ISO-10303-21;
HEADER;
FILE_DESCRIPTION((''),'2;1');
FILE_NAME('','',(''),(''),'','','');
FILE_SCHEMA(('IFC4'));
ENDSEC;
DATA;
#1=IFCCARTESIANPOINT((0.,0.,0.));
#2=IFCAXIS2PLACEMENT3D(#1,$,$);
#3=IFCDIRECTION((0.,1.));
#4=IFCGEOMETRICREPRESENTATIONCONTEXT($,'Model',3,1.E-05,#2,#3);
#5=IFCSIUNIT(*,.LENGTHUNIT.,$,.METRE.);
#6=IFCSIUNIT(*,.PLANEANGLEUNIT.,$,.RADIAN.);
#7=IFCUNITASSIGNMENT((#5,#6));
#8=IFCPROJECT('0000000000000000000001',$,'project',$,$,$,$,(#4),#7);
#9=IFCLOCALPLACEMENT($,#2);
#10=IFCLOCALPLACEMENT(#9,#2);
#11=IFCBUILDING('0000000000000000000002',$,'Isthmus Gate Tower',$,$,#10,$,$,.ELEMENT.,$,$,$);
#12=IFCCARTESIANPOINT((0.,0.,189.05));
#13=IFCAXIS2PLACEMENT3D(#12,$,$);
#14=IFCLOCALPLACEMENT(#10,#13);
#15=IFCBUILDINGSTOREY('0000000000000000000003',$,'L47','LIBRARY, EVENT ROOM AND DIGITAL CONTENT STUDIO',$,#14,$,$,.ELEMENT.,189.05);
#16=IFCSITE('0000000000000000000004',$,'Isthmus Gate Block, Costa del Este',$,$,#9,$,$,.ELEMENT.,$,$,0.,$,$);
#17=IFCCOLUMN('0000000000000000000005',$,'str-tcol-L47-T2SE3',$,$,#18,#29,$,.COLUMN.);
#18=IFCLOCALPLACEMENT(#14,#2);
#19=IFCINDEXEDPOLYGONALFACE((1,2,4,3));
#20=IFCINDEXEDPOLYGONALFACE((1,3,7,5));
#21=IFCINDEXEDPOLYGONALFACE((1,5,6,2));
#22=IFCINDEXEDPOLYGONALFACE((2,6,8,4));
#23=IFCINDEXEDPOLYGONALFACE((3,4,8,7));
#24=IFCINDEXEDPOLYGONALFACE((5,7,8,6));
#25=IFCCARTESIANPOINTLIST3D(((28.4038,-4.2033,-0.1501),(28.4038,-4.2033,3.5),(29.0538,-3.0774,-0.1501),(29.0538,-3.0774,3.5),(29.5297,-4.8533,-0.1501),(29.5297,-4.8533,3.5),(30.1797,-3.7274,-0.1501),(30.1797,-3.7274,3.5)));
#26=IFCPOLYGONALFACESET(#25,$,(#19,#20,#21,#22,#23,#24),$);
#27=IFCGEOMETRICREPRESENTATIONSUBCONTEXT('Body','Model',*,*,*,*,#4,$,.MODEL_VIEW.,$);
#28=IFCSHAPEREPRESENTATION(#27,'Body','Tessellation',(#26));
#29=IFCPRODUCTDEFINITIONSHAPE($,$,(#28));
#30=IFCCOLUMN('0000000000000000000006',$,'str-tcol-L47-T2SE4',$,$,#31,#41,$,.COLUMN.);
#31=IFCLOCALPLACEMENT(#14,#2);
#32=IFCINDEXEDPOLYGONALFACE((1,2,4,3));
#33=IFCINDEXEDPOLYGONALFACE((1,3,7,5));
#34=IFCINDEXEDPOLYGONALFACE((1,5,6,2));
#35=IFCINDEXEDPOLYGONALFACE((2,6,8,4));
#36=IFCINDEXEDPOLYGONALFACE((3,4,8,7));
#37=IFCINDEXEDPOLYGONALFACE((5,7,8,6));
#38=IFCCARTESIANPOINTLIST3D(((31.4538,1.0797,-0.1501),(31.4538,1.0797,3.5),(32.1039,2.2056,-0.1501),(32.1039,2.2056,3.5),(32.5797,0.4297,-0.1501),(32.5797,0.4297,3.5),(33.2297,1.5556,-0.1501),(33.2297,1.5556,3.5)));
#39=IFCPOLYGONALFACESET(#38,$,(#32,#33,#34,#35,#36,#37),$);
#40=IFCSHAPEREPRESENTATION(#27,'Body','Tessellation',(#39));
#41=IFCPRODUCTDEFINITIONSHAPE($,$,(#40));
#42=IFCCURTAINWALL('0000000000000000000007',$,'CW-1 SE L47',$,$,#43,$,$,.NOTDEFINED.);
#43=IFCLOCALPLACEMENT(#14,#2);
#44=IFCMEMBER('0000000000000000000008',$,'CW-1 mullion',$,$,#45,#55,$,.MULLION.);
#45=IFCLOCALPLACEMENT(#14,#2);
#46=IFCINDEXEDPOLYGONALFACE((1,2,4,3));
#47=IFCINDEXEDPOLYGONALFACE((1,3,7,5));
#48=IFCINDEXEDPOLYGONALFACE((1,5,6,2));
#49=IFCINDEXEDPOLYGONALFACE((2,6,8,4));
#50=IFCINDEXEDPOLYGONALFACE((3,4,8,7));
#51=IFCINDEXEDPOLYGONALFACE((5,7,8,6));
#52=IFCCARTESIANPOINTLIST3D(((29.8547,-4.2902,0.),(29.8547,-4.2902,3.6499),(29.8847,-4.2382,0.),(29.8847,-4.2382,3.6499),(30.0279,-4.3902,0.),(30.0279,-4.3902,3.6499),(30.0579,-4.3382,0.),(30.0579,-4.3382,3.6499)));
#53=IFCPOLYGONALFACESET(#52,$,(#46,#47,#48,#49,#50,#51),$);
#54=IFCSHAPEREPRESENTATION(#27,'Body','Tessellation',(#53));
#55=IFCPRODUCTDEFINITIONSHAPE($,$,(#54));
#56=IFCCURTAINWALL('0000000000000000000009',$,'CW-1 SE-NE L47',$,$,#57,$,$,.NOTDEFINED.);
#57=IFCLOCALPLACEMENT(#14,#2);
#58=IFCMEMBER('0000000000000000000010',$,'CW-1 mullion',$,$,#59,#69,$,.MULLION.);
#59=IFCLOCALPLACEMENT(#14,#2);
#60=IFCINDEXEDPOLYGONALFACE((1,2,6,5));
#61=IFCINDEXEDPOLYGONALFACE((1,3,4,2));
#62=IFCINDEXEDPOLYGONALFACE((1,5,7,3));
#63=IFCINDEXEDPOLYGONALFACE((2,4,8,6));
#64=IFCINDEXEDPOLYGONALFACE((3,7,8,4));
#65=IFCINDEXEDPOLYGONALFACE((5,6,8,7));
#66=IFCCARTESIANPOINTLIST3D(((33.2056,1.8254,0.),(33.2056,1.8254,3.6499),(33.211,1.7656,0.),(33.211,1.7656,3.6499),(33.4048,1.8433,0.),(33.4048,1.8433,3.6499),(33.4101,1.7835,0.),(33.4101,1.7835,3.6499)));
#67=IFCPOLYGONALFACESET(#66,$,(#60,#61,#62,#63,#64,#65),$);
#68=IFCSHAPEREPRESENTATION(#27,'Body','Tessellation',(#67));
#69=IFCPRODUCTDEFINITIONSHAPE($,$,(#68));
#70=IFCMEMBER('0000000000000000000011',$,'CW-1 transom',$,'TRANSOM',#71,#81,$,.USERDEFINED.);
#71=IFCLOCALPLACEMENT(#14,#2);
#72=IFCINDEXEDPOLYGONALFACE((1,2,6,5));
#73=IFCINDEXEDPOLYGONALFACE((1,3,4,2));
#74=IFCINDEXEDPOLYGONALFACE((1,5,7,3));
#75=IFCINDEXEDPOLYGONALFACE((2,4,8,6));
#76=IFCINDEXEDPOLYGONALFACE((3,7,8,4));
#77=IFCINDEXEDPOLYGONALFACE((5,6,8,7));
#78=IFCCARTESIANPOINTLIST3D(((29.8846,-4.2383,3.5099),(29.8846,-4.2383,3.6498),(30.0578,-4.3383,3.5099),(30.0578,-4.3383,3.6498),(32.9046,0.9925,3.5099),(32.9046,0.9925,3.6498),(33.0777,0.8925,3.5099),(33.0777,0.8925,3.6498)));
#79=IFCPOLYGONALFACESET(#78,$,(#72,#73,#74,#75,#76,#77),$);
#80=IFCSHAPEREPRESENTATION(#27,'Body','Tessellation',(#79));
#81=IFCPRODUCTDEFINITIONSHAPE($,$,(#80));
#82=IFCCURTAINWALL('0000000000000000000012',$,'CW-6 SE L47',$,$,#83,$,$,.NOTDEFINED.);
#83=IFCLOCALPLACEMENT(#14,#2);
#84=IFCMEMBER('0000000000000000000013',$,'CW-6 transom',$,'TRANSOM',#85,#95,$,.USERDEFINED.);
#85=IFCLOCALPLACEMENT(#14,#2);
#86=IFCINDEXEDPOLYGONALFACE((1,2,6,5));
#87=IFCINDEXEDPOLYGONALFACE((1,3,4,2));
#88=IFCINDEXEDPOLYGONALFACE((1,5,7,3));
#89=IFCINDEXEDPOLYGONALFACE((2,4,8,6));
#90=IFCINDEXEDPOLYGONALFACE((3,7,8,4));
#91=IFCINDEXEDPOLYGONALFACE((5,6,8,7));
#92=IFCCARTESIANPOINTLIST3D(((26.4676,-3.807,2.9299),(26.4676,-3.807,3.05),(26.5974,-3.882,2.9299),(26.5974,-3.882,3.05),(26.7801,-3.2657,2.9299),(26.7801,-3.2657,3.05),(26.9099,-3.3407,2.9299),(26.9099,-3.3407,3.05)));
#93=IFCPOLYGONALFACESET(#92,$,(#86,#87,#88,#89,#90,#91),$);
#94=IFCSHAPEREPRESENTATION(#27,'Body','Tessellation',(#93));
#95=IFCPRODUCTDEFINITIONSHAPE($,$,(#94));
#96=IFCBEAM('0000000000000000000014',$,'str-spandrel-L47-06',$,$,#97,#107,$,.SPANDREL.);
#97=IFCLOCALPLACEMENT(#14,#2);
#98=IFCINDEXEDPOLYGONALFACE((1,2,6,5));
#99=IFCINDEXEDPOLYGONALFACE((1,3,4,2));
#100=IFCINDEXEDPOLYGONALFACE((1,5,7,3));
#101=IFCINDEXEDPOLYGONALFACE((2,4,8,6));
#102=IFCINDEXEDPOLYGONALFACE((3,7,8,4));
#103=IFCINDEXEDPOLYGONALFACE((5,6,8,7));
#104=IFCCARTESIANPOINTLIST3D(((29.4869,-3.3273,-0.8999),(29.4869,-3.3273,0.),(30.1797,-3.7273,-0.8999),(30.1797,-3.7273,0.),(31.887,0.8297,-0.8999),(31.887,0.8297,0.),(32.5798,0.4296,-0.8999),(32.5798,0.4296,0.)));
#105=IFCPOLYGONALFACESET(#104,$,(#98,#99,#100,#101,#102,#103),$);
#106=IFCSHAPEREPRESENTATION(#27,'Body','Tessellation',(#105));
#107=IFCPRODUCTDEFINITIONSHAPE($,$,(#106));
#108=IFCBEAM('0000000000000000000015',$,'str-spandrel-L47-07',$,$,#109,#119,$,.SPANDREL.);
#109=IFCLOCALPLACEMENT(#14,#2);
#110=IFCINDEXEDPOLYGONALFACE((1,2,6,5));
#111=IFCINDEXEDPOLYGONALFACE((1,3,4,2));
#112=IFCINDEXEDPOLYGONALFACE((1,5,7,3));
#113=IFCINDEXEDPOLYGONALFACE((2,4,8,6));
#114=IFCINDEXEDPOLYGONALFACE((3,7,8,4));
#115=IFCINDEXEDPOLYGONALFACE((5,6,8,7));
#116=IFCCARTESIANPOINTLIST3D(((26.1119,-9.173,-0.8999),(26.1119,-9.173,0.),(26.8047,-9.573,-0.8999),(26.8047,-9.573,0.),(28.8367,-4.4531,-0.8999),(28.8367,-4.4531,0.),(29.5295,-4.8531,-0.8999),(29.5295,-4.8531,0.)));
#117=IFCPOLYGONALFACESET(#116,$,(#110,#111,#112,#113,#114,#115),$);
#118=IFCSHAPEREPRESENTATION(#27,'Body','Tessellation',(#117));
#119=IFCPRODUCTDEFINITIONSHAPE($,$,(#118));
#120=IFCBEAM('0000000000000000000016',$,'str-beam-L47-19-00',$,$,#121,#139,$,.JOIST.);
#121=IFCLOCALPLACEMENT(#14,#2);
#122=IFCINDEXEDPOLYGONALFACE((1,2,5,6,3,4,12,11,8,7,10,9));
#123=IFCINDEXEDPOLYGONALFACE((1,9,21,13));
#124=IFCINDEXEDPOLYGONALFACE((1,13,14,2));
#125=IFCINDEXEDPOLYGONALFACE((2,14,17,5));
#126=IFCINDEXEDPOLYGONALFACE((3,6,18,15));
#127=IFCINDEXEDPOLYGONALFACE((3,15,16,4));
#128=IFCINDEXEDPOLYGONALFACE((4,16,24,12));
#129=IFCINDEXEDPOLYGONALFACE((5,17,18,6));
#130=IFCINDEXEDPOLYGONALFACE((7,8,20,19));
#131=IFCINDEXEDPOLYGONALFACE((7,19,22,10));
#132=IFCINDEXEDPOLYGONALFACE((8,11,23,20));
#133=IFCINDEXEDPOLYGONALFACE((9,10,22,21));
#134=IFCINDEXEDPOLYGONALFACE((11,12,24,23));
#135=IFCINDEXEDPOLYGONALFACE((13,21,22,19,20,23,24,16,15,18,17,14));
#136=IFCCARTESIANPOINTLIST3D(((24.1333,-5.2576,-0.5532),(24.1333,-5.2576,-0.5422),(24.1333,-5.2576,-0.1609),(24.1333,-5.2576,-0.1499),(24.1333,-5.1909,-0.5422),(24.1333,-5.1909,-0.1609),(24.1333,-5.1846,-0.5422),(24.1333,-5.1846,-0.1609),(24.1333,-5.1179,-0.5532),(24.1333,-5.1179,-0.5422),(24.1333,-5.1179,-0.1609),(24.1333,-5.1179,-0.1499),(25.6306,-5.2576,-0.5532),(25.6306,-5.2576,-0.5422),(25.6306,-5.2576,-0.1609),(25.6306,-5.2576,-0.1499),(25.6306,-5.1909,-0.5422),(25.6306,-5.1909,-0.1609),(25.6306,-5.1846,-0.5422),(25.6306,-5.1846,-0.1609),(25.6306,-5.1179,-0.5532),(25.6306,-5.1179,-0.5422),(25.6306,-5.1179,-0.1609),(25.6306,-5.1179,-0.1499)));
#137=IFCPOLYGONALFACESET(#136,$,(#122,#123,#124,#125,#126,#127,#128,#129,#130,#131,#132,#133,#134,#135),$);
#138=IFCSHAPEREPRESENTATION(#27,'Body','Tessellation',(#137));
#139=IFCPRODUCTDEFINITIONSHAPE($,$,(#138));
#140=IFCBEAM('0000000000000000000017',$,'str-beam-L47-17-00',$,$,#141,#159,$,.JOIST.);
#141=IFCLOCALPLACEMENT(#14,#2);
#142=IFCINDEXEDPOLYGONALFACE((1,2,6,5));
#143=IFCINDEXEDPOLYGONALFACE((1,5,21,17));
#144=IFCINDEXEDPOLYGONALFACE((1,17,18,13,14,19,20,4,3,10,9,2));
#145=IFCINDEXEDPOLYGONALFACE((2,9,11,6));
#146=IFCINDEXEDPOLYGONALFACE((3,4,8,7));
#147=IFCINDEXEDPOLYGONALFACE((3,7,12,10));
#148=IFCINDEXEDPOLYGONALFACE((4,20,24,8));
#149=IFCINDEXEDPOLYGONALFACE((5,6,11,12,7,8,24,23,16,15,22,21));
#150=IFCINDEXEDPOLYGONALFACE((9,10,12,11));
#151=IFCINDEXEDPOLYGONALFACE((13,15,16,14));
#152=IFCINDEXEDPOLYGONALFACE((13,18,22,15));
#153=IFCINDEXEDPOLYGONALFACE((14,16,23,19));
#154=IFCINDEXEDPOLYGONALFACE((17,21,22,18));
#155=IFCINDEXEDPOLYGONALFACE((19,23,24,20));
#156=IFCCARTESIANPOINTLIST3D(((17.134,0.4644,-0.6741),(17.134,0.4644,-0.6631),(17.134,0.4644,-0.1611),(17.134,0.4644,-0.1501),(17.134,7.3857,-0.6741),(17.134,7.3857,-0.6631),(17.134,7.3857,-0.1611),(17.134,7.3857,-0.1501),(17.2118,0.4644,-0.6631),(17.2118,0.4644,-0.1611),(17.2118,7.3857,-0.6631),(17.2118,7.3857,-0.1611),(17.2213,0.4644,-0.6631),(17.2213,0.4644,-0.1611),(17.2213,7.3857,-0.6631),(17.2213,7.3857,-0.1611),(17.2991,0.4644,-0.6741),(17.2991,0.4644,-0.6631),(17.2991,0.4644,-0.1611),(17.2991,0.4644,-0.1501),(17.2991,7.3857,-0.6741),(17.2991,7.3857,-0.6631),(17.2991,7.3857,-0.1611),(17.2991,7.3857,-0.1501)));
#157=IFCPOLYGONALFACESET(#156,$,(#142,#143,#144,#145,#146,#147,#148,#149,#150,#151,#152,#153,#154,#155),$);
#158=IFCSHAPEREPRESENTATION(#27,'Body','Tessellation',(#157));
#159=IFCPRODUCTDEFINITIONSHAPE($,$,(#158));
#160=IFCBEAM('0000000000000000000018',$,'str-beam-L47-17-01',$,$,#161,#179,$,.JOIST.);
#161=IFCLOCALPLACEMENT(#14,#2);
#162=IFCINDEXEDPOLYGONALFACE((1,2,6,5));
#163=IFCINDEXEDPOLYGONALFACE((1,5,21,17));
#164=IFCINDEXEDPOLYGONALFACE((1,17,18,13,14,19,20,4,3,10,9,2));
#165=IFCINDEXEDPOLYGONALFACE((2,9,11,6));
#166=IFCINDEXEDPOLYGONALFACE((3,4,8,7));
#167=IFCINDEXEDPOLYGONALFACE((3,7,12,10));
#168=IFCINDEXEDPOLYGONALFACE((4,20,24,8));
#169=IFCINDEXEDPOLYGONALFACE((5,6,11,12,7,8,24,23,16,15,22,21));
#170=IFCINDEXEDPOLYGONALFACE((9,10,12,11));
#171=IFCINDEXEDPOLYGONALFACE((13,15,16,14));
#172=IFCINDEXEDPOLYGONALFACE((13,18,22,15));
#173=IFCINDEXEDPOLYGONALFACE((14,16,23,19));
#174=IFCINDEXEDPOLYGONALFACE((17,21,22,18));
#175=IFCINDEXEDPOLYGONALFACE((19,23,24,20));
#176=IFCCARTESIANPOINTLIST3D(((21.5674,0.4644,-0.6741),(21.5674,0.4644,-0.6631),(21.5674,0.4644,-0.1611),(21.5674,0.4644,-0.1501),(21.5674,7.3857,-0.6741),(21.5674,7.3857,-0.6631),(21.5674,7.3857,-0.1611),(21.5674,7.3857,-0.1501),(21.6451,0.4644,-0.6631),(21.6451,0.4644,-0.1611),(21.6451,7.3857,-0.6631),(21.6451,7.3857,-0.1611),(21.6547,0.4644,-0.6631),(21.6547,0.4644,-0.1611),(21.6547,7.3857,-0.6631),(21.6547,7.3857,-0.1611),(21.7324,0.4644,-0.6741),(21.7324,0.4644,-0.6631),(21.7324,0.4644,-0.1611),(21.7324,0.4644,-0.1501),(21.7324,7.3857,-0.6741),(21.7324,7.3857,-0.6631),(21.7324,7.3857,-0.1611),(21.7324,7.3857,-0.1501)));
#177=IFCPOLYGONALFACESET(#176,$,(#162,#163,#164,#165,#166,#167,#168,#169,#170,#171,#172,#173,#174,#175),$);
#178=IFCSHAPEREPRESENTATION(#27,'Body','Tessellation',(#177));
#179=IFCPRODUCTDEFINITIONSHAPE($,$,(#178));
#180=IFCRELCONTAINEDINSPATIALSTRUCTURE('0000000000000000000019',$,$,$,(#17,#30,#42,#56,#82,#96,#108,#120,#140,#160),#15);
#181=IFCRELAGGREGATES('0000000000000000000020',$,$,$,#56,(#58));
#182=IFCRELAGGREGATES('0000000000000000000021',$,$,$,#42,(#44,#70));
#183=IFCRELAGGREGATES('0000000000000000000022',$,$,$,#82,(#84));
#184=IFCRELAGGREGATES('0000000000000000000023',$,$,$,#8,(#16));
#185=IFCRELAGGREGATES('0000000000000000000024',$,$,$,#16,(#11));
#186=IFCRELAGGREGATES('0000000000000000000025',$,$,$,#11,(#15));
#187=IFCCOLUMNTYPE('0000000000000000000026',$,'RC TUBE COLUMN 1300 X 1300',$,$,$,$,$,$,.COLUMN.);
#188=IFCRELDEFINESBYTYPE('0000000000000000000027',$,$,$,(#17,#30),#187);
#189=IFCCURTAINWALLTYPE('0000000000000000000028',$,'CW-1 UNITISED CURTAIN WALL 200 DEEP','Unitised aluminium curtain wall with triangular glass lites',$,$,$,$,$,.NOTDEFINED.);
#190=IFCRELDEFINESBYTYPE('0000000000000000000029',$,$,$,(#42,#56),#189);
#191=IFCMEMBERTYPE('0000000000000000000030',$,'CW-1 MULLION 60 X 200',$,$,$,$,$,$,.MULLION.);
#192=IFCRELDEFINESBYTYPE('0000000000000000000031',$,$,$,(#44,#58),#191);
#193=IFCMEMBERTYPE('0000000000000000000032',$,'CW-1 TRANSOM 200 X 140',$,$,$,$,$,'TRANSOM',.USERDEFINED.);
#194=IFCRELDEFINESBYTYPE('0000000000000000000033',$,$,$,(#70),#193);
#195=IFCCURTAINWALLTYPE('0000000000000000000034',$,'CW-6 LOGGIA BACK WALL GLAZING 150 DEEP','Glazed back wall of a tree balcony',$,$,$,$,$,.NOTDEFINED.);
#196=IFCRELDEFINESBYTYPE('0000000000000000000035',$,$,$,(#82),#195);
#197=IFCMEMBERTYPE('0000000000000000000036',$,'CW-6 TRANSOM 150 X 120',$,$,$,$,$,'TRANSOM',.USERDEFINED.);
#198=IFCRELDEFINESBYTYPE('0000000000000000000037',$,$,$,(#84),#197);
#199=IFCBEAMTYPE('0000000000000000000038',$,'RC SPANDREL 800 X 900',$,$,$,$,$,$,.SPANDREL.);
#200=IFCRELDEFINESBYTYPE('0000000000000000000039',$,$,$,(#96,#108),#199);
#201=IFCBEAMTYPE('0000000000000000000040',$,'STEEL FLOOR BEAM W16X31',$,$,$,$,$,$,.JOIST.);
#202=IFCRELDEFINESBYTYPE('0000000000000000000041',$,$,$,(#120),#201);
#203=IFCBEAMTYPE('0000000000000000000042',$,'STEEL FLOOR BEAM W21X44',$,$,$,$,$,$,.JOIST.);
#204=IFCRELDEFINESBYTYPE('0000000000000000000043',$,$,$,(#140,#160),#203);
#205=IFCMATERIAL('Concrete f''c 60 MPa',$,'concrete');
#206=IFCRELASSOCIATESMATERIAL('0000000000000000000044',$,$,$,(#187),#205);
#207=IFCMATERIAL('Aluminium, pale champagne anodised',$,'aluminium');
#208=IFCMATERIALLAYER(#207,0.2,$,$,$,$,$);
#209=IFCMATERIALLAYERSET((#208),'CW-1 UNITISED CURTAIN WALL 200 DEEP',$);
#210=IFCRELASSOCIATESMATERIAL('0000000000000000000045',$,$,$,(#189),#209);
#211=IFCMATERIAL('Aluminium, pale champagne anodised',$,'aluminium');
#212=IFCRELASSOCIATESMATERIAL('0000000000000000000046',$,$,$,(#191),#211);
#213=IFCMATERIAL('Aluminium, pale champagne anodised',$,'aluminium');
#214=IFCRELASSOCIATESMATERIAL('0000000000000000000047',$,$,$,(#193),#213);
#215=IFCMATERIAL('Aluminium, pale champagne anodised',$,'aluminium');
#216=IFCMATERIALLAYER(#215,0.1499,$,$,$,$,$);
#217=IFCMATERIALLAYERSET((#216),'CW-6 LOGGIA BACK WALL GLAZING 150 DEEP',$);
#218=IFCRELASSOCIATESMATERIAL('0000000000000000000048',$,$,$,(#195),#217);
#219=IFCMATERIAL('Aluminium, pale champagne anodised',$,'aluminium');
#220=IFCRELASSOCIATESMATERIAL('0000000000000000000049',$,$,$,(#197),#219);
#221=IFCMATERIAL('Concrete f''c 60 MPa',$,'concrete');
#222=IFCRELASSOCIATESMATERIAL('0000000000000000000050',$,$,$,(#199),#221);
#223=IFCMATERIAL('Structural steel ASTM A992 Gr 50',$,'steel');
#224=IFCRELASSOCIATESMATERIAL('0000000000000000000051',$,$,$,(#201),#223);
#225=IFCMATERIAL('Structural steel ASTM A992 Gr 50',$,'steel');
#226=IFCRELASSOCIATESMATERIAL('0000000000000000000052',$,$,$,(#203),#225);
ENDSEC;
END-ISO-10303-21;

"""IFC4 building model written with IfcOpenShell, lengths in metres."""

from ifc_helpers import new_model, si_unit, direction, frame, origin, origin_2d, place, context, subcontext, project, spatial, rectangle, i_section, extrude, material, layer, layer_set, material_profile, profile_set, type_object, element, aggregate, save


model = new_model("IFC4")

# Units and contexts
model_context = context("Model", 3, precision=1e-05, world=origin(), true_north=direction((0.0, 1.0)))
body_context = subcontext(model_context, "Body", "Model", "MODEL_VIEW")
ifc_project = project(units=[si_unit("LENGTHUNIT", "METRE"), si_unit("PLANEANGLEUNIT", "RADIAN")], contexts=[model_context])

# Site, building, storey
site_placement = place(None, origin())
site = spatial("IfcSite", under=ifc_project, at=site_placement, Name="Isthmus Gate Block, Costa del Este", CompositionType="ELEMENT", RefElevation=0.0)
building_placement = place(site_placement, origin())
building = spatial("IfcBuilding", under=site, at=building_placement, Name="Isthmus Gate Tower", CompositionType="ELEMENT")
storey_placement = place(building_placement, frame((0.0, 0.0, 189.05)))
storey = spatial("IfcBuildingStorey", under=building, at=storey_placement, Name="L47", Description="LIBRARY, EVENT ROOM AND DIGITAL CONTENT STUDIO", CompositionType="ELEMENT", Elevation=189.05)

# Columns
ifc_material_1 = material(Name="Concrete f'c 60 MPa", Category="concrete")
ifc_material_profile_1 = material_profile(ifc_material_1, rectangle(XDim=1.3, YDim=1.3, at=origin_2d()), Name="RC 1300X1300")
ifc_profile_set_1 = profile_set([ifc_material_profile_1], Name="Concrete f'c 60 MPa")
column_type = type_object("IfcColumnType", Name="RC TUBE COLUMN 1300 X 1300", PredefinedType="COLUMN", material=ifc_profile_set_1)
for number, where, z_axis, x_axis, name in (
    (1, (29.2917, -3.9653, -0.1501), (0.0, 0.0, 1.0), (0.5, 0.866025, 0.0), "str-tcol-L47-T2SE3"),
    (2, (32.3418, 1.3176, -0.1501), (0.0, 0.0, 1.0), (0.5, 0.866025, 0.0), "str-tcol-L47-T2SE4"),
):
    element("IfcColumn", number, at=place(storey_placement, frame(where, z_axis=z_axis, x_axis=x_axis)), inside=storey, type_object=column_type, Name=name, PredefinedType="COLUMN", context=body_context, shape_type="SweptSolid", body=[
        extrude(rectangle(XDim=1.3, YDim=1.3, at=origin_2d()), origin(), (0.0, 0.0, 1.0), 3.6501),
    ])

# Curtain walls, members
ifc_material_2 = material(Name="Aluminium, pale champagne anodised", Category="aluminium")
ifc_layer_1 = layer(ifc_material_2, 0.2)
ifc_layer_set_1 = layer_set([ifc_layer_1], Name="CW-1 UNITISED CURTAIN WALL 200 DEEP")
curtain_wall_type_1 = type_object("IfcCurtainWallType", Name="CW-1 UNITISED CURTAIN WALL 200 DEEP", Description="Unitised aluminium curtain wall with triangular glass lites", PredefinedType="NOTDEFINED", material=ifc_layer_set_1)
curtain_wall_1_placement = place(storey_placement, origin())
curtain_wall_1 = element("IfcCurtainWall", 3, at=curtain_wall_1_placement, inside=storey, type_object=curtain_wall_type_1, Name="CW-1 SE L47", PredefinedType="NOTDEFINED")
ifc_material_3 = material(Name="Aluminium, pale champagne anodised", Category="aluminium")
ifc_material_profile_2 = material_profile(ifc_material_3, rectangle(XDim=0.0601, YDim=0.2, at=origin_2d()), Name="60x200")
ifc_profile_set_2 = profile_set([ifc_material_profile_2], Name="Aluminium, pale champagne anodised")
member_type_1 = type_object("IfcMemberType", Name="CW-1 MULLION 60 X 200", PredefinedType="MULLION", material=ifc_profile_set_2)
member_1_placement = place(storey_placement, frame((29.9563, -4.3142, 0.0), z_axis=(0.0, 0.0, 1.0), x_axis=(0.5, 0.866025, 0.0)))
member_1 = element("IfcMember", 4, at=member_1_placement, type_object=member_type_1, Name="CW-1 mullion", PredefinedType="MULLION", context=body_context, shape_type="SweptSolid", body=[
    extrude(rectangle(XDim=0.0601, YDim=0.2, at=origin_2d()), origin(), (0.0, 0.0, 1.0), 3.6499),
])
curtain_wall_2_placement = place(storey_placement, origin())
curtain_wall_2 = element("IfcCurtainWall", 5, at=curtain_wall_2_placement, inside=storey, type_object=curtain_wall_type_1, Name="CW-1 SE-NE L47", PredefinedType="NOTDEFINED")
member_2_placement = place(storey_placement, frame((33.3079, 1.8044, 0.0), z_axis=(0.0, 0.0, 1.0), x_axis=(-0.089397, 0.995996, 0.0)))
member_2 = element("IfcMember", 6, at=member_2_placement, type_object=member_type_1, Name="CW-1 mullion", PredefinedType="MULLION", context=body_context, shape_type="SweptSolid", body=[
    extrude(rectangle(XDim=0.0601, YDim=0.2, at=origin_2d()), origin(), (0.0, 0.0, 1.0), 3.6499),
])
aggregate(curtain_wall_2, [member_2])

# Member
ifc_material_4 = material(Name="Aluminium, pale champagne anodised", Category="aluminium")
ifc_material_profile_3 = material_profile(ifc_material_4, rectangle(XDim=0.2, YDim=0.1399, at=origin_2d()), Name="200x140")
ifc_profile_set_3 = profile_set([ifc_material_profile_3], Name="Aluminium, pale champagne anodised")
member_type_2 = type_object("IfcMemberType", Name="CW-1 TRANSOM 200 X 140", ElementType="TRANSOM", PredefinedType="USERDEFINED", material=ifc_profile_set_3)
member_3_placement = place(storey_placement, frame((29.9712, -4.2883, 3.5798), z_axis=(0.499991, 0.866031, 0.0), x_axis=(-0.866031, 0.499991, 0.0)))
member_3 = element("IfcMember", 7, at=member_3_placement, type_object=member_type_2, Name="CW-1 transom", ObjectType="TRANSOM", PredefinedType="USERDEFINED", context=body_context, shape_type="SweptSolid", body=[
    extrude(rectangle(XDim=0.2, YDim=0.1399, at=origin_2d()), origin(), (0.0, 0.0, 1.0), 6.04),
])

# Curtain wall, member
ifc_material_5 = material(Name="Aluminium, pale champagne anodised", Category="aluminium")
ifc_layer_2 = layer(ifc_material_5, 0.1499)
ifc_layer_set_2 = layer_set([ifc_layer_2], Name="CW-6 LOGGIA BACK WALL GLAZING 150 DEEP")
curtain_wall_type_2 = type_object("IfcCurtainWallType", Name="CW-6 LOGGIA BACK WALL GLAZING 150 DEEP", Description="Glazed back wall of a tree balcony", PredefinedType="NOTDEFINED", material=ifc_layer_set_2)
curtain_wall_3_placement = place(storey_placement, origin())
curtain_wall_3 = element("IfcCurtainWall", 8, at=curtain_wall_3_placement, inside=storey, type_object=curtain_wall_type_2, Name="CW-6 SE L47", PredefinedType="NOTDEFINED")
ifc_material_6 = material(Name="Aluminium, pale champagne anodised", Category="aluminium")
ifc_material_profile_4 = material_profile(ifc_material_6, rectangle(XDim=0.1499, YDim=0.1201, at=origin_2d()), Name="150x120")
ifc_profile_set_4 = profile_set([ifc_material_profile_4], Name="Aluminium, pale champagne anodised")
member_type_3 = type_object("IfcMemberType", Name="CW-6 TRANSOM 150 X 120", ElementType="TRANSOM", PredefinedType="USERDEFINED", material=ifc_profile_set_4)
member_4_placement = place(storey_placement, frame((26.5325, -3.8445, 2.99), z_axis=(0.500004, 0.866023, 0.0), x_axis=(-0.866023, 0.500004, 0.0)))
member_4 = element("IfcMember", 9, at=member_4_placement, type_object=member_type_3, Name="CW-6 transom", ObjectType="TRANSOM", PredefinedType="USERDEFINED", context=body_context, shape_type="SweptSolid", body=[
    extrude(rectangle(XDim=0.1499, YDim=0.1201, at=origin_2d()), origin(), (0.0, 0.0, 1.0), 0.625),
])

# Beams
ifc_material_7 = material(Name="Concrete f'c 60 MPa", Category="concrete")
ifc_material_profile_5 = material_profile(ifc_material_7, rectangle(XDim=0.8, YDim=0.8999, at=origin_2d()), Name="RC 800X900")
ifc_profile_set_5 = profile_set([ifc_material_profile_5], Name="Concrete f'c 60 MPa")
beam_type_1 = type_object("IfcBeamType", Name="RC SPANDREL 800 X 900", PredefinedType="SPANDREL", material=ifc_profile_set_5)
beam_1_placement = place(storey_placement, frame((32.2334, 0.6296, -0.45), z_axis=(-0.500017, -0.866015, 0.0), x_axis=(0.866015, -0.500017, 0.0)))
element("IfcBeam", 10, at=beam_1_placement, inside=storey, type_object=beam_type_1, Name="str-spandrel-L47-06", PredefinedType="SPANDREL", context=body_context, shape_type="SweptSolid", body=[
    extrude(rectangle(XDim=0.8, YDim=0.8999, at=origin_2d()), origin(), (0.0, 0.0, 1.0), 4.8),
])
beam_2_placement = place(storey_placement, frame((29.1831, -4.6531, -0.45), z_axis=(-0.499969, -0.866043, 0.0), x_axis=(0.866043, -0.499969, 0.0)))
element("IfcBeam", 11, at=beam_2_placement, inside=storey, type_object=beam_type_1, Name="str-spandrel-L47-07", PredefinedType="SPANDREL", context=body_context, shape_type="SweptSolid", body=[
    extrude(rectangle(XDim=0.8, YDim=0.8999, at=origin_2d()), origin(), (0.0, 0.0, 1.0), 5.45),
])
ifc_material_8 = material(Name="Structural steel ASTM A992 Gr 50", Category="steel")
ifc_material_profile_6 = material_profile(ifc_material_8, i_section(OverallWidth=0.1396, OverallDepth=0.4033, WebThickness=0.0063, FlangeThickness=0.011, at=origin_2d()), Name="W16X31")
ifc_profile_set_6 = profile_set([ifc_material_profile_6], Name="Structural steel ASTM A992 Gr 50")
beam_type_2 = type_object("IfcBeamType", Name="STEEL FLOOR BEAM W16X31", PredefinedType="JOIST", material=ifc_profile_set_6)
beam_3_placement = place(storey_placement, frame((24.1333, -5.1877, -0.3516), z_axis=(1.0, 0.0, 0.0), x_axis=(0.0, 1.0, 0.0)))
element("IfcBeam", 12, at=beam_3_placement, inside=storey, type_object=beam_type_2, Name="str-beam-L47-19-00", PredefinedType="JOIST", context=body_context, shape_type="SweptSolid", body=[
    extrude(i_section(OverallWidth=0.1396, OverallDepth=0.4033, WebThickness=0.0063, FlangeThickness=0.011, at=origin_2d()), origin(), (0.0, 0.0, 1.0), 1.4973),
])
ifc_material_9 = material(Name="Structural steel ASTM A992 Gr 50", Category="steel")
ifc_material_profile_7 = material_profile(ifc_material_9, i_section(OverallWidth=0.165, OverallDepth=0.5239, WebThickness=0.0095, FlangeThickness=0.011, at=origin_2d()), Name="W21X44")
ifc_profile_set_7 = profile_set([ifc_material_profile_7], Name="Structural steel ASTM A992 Gr 50")
beam_type_3 = type_object("IfcBeamType", Name="STEEL FLOOR BEAM W21X44", PredefinedType="JOIST", material=ifc_profile_set_7)
for number, where, z_axis, x_axis, name in (
    (13, (17.2166, 0.4644, -0.4121), (0.0, 1.0, 0.0), (-1.0, 0.0, 0.0), "str-beam-L47-17-00"),
    (14, (21.6499, 0.4644, -0.4121), (0.0, 1.0, 0.0), (-1.0, 0.0, 0.0), "str-beam-L47-17-01"),
):
    element("IfcBeam", number, at=place(storey_placement, frame(where, z_axis=z_axis, x_axis=x_axis)), inside=storey, type_object=beam_type_3, Name=name, PredefinedType="JOIST", context=body_context, shape_type="SweptSolid", body=[
        extrude(i_section(OverallWidth=0.165, OverallDepth=0.5239, WebThickness=0.0095, FlangeThickness=0.011, at=origin_2d()), origin(), (0.0, 0.0, 1.0), 6.9214),
    ])

aggregate(curtain_wall_1, [member_1, member_3])
aggregate(curtain_wall_3, [member_4])

save(model, "model.ifc")
